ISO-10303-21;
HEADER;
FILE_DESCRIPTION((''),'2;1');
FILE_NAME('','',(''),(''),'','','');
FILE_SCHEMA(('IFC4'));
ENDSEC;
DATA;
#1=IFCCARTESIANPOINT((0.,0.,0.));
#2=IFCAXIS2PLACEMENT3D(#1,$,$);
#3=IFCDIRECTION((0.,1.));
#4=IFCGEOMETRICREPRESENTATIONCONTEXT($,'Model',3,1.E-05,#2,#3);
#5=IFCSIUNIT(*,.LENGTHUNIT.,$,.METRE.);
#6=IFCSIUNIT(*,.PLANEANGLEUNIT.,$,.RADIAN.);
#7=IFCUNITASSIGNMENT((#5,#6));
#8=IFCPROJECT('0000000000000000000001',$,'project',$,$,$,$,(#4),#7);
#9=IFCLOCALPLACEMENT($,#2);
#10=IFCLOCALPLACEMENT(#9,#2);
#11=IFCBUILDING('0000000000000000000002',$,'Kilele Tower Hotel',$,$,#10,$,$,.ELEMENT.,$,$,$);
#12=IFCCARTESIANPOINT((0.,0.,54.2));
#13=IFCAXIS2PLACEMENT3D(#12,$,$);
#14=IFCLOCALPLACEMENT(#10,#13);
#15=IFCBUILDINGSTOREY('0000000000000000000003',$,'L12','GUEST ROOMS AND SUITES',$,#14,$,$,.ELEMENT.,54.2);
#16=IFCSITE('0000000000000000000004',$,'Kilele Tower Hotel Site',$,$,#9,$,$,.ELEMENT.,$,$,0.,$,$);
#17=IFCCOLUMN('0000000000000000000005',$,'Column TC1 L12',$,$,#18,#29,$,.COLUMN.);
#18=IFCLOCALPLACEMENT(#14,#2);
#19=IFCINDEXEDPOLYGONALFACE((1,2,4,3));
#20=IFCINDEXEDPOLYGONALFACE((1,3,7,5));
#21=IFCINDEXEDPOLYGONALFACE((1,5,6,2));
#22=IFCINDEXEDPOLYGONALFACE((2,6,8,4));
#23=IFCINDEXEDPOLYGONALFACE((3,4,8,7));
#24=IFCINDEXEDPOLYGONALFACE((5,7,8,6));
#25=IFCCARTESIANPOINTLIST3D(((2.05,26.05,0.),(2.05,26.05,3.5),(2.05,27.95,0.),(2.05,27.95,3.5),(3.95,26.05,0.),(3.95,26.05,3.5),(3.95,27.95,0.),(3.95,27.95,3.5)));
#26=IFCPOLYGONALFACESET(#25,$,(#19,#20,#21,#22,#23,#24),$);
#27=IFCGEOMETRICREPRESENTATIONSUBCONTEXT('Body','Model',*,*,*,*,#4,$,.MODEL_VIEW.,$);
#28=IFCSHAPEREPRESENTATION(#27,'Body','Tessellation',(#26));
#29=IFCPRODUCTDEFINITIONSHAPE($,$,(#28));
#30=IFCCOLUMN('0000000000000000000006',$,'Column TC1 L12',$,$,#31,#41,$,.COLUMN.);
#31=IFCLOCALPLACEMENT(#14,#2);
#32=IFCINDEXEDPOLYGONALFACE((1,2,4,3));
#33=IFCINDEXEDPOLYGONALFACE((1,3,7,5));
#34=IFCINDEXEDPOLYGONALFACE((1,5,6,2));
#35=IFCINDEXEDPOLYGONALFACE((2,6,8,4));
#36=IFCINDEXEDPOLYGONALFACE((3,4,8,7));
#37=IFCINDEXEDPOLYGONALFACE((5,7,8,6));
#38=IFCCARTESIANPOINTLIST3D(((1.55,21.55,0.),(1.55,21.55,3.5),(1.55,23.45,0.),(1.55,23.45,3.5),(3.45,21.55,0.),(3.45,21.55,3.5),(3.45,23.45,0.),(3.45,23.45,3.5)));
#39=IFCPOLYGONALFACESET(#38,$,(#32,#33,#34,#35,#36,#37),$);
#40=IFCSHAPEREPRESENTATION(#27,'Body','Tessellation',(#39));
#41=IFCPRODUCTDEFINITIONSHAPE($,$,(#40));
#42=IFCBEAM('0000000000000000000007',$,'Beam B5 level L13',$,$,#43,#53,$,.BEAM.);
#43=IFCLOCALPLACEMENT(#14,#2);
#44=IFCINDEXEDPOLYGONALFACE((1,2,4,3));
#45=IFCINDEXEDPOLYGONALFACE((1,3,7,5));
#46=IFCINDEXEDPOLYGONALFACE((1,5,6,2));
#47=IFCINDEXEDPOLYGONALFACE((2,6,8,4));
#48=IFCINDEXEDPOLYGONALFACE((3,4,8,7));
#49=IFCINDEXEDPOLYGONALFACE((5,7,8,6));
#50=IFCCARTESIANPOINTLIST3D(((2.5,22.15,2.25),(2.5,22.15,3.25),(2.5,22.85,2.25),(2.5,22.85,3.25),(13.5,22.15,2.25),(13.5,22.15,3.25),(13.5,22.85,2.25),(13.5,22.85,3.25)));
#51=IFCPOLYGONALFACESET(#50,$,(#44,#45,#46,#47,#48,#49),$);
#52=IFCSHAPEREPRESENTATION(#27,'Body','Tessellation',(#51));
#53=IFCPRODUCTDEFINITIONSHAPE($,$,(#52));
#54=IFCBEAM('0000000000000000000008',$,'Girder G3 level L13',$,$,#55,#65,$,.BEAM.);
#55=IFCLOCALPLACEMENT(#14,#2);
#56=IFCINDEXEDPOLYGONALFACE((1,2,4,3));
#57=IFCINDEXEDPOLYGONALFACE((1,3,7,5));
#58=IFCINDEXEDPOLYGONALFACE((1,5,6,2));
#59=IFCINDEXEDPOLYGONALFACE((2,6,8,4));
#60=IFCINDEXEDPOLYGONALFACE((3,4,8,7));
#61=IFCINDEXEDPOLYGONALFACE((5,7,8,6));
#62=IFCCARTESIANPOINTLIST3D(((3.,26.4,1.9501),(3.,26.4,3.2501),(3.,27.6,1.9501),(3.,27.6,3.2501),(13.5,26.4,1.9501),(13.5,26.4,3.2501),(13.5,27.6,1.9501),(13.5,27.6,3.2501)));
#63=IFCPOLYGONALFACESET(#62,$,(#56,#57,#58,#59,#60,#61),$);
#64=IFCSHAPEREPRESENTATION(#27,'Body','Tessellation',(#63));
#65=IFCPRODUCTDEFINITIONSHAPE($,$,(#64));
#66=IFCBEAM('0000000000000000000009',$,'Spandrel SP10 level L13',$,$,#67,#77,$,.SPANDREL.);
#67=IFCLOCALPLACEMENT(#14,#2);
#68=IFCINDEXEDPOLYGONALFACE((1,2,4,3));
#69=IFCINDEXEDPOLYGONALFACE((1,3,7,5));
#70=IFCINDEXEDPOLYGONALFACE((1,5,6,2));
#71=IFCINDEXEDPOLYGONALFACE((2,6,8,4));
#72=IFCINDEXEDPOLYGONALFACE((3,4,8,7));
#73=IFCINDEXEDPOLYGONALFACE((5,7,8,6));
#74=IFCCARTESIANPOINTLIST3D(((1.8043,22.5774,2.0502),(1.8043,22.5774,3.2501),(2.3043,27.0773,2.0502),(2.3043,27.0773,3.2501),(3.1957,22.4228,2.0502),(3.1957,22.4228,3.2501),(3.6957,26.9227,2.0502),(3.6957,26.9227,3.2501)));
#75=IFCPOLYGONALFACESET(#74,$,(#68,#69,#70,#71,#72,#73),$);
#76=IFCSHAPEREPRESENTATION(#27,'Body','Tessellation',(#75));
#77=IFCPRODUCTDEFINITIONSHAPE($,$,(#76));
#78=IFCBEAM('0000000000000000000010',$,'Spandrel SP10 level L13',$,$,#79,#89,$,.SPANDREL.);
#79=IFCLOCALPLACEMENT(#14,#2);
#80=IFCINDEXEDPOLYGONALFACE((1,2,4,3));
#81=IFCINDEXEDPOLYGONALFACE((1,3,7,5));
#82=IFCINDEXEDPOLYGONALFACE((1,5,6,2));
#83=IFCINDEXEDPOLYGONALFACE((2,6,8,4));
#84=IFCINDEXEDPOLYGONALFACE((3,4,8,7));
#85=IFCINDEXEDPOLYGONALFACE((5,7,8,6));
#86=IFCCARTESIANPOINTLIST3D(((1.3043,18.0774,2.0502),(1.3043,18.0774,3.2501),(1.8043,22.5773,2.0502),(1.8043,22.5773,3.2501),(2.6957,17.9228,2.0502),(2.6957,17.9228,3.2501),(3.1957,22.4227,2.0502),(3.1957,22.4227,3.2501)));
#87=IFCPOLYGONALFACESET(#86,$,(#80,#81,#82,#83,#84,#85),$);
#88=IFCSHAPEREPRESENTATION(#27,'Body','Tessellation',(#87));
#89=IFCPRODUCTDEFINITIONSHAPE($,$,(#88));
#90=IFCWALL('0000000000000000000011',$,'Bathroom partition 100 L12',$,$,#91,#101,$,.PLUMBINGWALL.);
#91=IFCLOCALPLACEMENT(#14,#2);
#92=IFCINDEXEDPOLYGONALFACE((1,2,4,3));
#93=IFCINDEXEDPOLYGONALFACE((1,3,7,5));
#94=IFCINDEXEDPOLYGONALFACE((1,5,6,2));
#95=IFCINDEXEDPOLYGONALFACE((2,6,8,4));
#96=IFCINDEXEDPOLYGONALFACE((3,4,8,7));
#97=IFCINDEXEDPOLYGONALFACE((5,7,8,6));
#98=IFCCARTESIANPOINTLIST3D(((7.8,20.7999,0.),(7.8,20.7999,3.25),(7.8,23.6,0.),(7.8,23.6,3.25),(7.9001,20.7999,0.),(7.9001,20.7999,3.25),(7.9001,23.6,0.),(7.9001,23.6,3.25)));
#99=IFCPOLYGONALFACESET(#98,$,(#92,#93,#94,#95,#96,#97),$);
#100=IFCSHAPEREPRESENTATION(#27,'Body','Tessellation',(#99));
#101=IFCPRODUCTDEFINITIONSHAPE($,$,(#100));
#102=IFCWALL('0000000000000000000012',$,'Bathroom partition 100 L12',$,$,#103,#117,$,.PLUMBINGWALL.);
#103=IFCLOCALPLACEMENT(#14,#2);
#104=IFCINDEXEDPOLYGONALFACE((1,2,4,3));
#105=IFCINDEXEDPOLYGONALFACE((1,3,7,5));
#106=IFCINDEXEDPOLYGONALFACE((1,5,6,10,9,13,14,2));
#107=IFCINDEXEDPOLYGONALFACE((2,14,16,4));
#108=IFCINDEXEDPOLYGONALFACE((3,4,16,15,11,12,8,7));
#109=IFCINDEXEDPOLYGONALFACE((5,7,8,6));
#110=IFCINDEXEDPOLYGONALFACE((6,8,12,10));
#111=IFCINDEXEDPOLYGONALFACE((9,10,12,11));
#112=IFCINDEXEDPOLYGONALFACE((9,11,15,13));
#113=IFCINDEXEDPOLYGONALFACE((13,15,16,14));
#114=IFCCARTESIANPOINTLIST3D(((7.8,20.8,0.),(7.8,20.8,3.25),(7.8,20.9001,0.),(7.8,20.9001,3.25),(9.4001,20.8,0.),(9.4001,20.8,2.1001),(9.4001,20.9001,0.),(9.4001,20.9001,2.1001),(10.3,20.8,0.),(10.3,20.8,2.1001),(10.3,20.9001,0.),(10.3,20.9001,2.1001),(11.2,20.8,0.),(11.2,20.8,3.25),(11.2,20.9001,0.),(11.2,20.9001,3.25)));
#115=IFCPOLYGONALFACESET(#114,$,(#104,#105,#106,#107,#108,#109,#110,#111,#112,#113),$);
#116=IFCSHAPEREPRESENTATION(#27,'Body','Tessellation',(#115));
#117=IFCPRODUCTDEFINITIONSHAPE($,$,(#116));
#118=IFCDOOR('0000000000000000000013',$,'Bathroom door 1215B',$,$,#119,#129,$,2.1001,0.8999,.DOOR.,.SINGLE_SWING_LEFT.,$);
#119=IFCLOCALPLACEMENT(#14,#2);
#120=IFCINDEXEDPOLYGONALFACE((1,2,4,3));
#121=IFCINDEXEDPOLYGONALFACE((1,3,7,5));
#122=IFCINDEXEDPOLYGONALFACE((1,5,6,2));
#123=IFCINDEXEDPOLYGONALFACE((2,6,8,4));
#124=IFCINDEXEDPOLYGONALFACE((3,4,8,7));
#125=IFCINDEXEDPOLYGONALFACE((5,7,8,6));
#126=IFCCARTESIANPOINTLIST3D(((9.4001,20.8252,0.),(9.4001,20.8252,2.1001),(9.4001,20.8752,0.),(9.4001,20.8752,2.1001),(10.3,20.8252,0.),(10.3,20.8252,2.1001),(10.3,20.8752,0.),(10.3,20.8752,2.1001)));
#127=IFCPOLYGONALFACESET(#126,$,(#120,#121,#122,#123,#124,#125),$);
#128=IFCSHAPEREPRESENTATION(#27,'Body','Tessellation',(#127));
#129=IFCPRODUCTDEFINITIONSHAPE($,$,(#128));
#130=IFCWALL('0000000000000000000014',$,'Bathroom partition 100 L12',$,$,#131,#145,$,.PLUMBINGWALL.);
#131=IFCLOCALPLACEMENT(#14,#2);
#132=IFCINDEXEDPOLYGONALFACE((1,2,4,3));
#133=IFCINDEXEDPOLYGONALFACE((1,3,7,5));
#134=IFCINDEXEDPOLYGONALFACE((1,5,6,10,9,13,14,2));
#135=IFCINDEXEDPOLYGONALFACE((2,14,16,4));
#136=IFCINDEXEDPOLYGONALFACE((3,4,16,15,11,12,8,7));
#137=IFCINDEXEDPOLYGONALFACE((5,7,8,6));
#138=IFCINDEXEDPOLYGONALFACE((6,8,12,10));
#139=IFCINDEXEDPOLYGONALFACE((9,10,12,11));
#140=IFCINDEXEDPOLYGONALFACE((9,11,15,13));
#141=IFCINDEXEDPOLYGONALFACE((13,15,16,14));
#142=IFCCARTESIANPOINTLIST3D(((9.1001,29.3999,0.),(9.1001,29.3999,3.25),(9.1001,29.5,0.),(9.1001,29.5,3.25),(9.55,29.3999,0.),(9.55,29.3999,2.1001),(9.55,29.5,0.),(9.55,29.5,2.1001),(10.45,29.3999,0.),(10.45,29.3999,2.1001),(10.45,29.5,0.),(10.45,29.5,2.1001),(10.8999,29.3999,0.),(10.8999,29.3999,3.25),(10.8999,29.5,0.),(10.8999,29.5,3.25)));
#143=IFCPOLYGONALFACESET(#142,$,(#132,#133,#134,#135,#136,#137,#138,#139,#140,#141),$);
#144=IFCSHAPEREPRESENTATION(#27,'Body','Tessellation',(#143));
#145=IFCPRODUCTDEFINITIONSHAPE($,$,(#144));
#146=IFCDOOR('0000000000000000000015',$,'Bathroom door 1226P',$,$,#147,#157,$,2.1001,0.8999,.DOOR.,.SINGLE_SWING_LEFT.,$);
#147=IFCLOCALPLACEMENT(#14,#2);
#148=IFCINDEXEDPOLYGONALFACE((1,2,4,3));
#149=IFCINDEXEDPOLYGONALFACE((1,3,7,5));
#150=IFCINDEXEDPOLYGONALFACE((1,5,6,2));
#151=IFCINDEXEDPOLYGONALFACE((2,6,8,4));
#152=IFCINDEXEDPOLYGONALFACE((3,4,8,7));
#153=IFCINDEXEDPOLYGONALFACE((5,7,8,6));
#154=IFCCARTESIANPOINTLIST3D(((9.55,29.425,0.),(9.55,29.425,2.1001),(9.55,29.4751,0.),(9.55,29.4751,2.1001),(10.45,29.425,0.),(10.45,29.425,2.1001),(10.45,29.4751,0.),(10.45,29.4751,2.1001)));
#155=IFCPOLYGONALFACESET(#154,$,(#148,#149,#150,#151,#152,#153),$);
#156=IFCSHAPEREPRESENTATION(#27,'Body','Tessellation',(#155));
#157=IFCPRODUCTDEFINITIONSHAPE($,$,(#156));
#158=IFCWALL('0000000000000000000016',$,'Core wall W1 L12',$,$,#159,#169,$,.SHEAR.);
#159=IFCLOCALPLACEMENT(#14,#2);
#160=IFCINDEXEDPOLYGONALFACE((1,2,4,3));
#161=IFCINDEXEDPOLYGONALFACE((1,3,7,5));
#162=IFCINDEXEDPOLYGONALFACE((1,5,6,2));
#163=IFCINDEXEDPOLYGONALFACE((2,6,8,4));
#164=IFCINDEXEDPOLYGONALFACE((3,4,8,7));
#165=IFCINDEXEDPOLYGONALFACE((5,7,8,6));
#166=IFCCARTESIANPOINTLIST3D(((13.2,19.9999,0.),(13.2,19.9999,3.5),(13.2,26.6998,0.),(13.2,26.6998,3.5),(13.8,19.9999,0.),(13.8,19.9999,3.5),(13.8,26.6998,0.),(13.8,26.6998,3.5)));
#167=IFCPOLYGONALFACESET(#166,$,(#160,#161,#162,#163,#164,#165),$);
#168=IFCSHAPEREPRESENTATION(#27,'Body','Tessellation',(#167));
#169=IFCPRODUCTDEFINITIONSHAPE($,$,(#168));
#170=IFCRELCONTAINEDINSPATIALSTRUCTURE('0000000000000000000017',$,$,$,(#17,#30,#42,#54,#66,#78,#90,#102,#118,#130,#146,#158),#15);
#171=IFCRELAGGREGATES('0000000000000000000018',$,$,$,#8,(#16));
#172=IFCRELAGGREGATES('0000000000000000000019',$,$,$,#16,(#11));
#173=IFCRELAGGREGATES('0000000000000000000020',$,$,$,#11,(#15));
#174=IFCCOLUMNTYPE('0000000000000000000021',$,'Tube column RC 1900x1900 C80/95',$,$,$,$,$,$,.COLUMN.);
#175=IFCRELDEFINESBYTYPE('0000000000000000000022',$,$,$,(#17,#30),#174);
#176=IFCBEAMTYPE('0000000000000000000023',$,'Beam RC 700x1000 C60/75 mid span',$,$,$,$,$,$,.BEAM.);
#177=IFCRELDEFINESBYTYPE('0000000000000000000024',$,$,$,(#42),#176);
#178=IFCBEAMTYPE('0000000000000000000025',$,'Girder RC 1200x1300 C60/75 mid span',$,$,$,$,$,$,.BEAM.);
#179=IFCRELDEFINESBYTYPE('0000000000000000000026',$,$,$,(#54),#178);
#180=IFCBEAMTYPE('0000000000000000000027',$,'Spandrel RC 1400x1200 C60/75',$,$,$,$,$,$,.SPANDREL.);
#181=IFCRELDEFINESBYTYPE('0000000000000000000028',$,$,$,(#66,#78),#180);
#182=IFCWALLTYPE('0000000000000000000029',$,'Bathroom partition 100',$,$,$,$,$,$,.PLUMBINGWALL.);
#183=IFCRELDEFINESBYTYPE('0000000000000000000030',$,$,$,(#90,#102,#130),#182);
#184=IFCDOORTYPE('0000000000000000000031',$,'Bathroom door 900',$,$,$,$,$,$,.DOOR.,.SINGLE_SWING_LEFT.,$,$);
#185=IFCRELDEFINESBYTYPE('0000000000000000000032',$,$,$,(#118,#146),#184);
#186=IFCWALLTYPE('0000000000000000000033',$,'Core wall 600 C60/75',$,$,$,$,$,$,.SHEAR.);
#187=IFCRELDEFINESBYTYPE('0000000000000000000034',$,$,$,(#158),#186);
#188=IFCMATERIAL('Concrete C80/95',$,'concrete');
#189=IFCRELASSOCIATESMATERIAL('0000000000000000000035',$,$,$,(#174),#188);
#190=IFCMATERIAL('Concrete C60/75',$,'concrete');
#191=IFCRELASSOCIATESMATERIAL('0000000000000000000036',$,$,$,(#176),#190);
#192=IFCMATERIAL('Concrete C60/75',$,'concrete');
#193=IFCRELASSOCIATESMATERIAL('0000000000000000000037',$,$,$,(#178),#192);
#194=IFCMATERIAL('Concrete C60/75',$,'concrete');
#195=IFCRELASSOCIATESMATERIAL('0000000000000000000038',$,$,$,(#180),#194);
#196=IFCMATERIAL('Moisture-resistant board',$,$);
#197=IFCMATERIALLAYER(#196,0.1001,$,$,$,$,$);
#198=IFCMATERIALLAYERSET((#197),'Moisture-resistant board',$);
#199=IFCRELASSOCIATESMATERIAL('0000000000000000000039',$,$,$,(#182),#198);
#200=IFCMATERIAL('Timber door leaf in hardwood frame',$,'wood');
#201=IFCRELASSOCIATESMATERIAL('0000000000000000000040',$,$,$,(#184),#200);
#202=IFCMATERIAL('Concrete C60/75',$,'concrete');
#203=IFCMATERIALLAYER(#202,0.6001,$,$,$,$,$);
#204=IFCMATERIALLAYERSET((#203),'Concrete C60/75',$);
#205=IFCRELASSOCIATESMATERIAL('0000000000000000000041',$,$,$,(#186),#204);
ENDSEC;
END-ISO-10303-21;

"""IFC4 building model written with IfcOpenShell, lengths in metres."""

from ifc_helpers import new_model, si_unit, direction, frame, frame_2d, origin, origin_2d, place, context, subcontext, project, spatial, rectangle, extrude, material, layer, layer_set, material_profile, profile_set, type_object, element, fill, save


model = new_model("IFC4")

# Units and contexts
model_context = context("Model", 3, precision=1e-05, world=origin(), true_north=direction((0.0, 1.0)))
body_context = subcontext(model_context, "Body", "Model", "MODEL_VIEW")
ifc_project = project(units=[si_unit("LENGTHUNIT", "METRE"), si_unit("PLANEANGLEUNIT", "RADIAN")], contexts=[model_context])

# Site, building, storey
site_placement = place(None, origin())
site = spatial("IfcSite", under=ifc_project, at=site_placement, Name="Kilele Tower Hotel Site", CompositionType="ELEMENT", RefElevation=0.0)
building_placement = place(site_placement, origin())
building = spatial("IfcBuilding", under=site, at=building_placement, Name="Kilele Tower Hotel", CompositionType="ELEMENT")
storey_placement = place(building_placement, frame((0.0, 0.0, 54.2)))
storey = spatial("IfcBuildingStorey", under=building, at=storey_placement, Name="L12", Description="GUEST ROOMS AND SUITES", CompositionType="ELEMENT", Elevation=54.2)

# Columns
ifc_material_1 = material(Name="Concrete C80/95", Category="concrete")
ifc_material_profile_1 = material_profile(ifc_material_1, rectangle(XDim=1.8999, YDim=1.8999, at=origin_2d()))
ifc_profile_set_1 = profile_set([ifc_material_profile_1], Name="Concrete C80/95")
column_type = type_object("IfcColumnType", Name="Tube column RC 1900x1900 C80/95", PredefinedType="COLUMN", material=ifc_profile_set_1)
for number, where, z_axis, x_axis, name in (
    (1, (3.0, 27.0, 0.0), (0.0, 0.0, 1.0), (1.0, 0.0, 0.0), "Column TC1 L12"),
    (2, (2.5, 22.5, 0.0), (0.0, 0.0, 1.0), (1.0, 0.0, 0.0), "Column TC1 L12"),
):
    element("IfcColumn", number, at=place(storey_placement, frame(where, z_axis=z_axis, x_axis=x_axis)), inside=storey, type_object=column_type, Name=name, PredefinedType="COLUMN", context=body_context, shape_type="SweptSolid", body=[
        extrude(rectangle(XDim=1.8999, YDim=1.8999, at=origin_2d()), origin(), (0.0, 0.0, 1.0), 3.5),
    ])

# Beams
ifc_material_2 = material(Name="Concrete C60/75", Category="concrete")
ifc_material_profile_2 = material_profile(ifc_material_2, rectangle(XDim=0.7, YDim=1.0, at=origin_2d()))
ifc_profile_set_2 = profile_set([ifc_material_profile_2], Name="Concrete C60/75")
beam_type_1 = type_object("IfcBeamType", Name="Beam RC 700x1000 C60/75 mid span", PredefinedType="BEAM", material=ifc_profile_set_2)
beam_1_placement = place(storey_placement, frame((2.5, 22.5, 2.75), z_axis=(1.0, 0.0, 0.0), x_axis=(0.0, 1.0, 0.0)))
element("IfcBeam", 3, at=beam_1_placement, inside=storey, type_object=beam_type_1, Name="Beam B5 level L13", PredefinedType="BEAM", context=body_context, shape_type="SweptSolid", body=[
    extrude(rectangle(XDim=0.7, YDim=1.0, at=origin_2d()), origin(), (0.0, 0.0, 1.0), 11.0),
])
ifc_material_3 = material(Name="Concrete C60/75", Category="concrete")
ifc_material_profile_3 = material_profile(ifc_material_3, rectangle(XDim=1.2, YDim=1.3, at=origin_2d()))
ifc_profile_set_3 = profile_set([ifc_material_profile_3], Name="Concrete C60/75")
beam_type_2 = type_object("IfcBeamType", Name="Girder RC 1200x1300 C60/75 mid span", PredefinedType="BEAM", material=ifc_profile_set_3)
beam_2_placement = place(storey_placement, frame((3.0, 27.0, 2.6001), z_axis=(1.0, 0.0, 0.0), x_axis=(0.0, 1.0, 0.0)))
element("IfcBeam", 4, at=beam_2_placement, inside=storey, type_object=beam_type_2, Name="Girder G3 level L13", PredefinedType="BEAM", context=body_context, shape_type="SweptSolid", body=[
    extrude(rectangle(XDim=1.2, YDim=1.3, at=origin_2d()), origin(), (0.0, 0.0, 1.0), 10.5),
])
ifc_material_4 = material(Name="Concrete C60/75", Category="concrete")
ifc_material_profile_4 = material_profile(ifc_material_4, rectangle(XDim=1.3999, YDim=1.2, at=origin_2d()))
ifc_profile_set_4 = profile_set([ifc_material_profile_4], Name="Concrete C60/75")
beam_type_3 = type_object("IfcBeamType", Name="Spandrel RC 1400x1200 C60/75", PredefinedType="SPANDREL", material=ifc_profile_set_4)
for number, where, z_axis, x_axis, name in (
    (5, (3.0, 27.0, 2.6501), (-0.110432, -0.993884, 0.0), (0.993884, -0.110432, 0.0), "Spandrel SP10 level L13"),
    (6, (2.5, 22.5, 2.6501), (-0.110432, -0.993884, 0.0), (0.993884, -0.110432, 0.0), "Spandrel SP10 level L13"),
):
    element("IfcBeam", number, at=place(storey_placement, frame(where, z_axis=z_axis, x_axis=x_axis)), inside=storey, type_object=beam_type_3, Name=name, PredefinedType="SPANDREL", context=body_context, shape_type="SweptSolid", body=[
        extrude(rectangle(XDim=1.3999, YDim=1.2, at=origin_2d()), origin(), (0.0, 0.0, 1.0), 4.5276),
    ])

# Wall
ifc_material_5 = material(Name="Moisture-resistant board")
ifc_layer_1 = layer(ifc_material_5, 0.1001)
ifc_layer_set_1 = layer_set([ifc_layer_1], Name="Moisture-resistant board")
wall_type_1 = type_object("IfcWallType", Name="Bathroom partition 100", PredefinedType="PLUMBINGWALL", material=ifc_layer_set_1)
wall_1_placement = place(storey_placement, frame((7.8501, 20.8, 0.0), z_axis=(0.0, 0.0, 1.0), x_axis=(0.0, 1.0, 0.0)))
element("IfcWall", 7, at=wall_1_placement, inside=storey, type_object=wall_type_1, Name="Bathroom partition 100 L12", PredefinedType="PLUMBINGWALL", context=body_context, shape_type="SweptSolid", body=[
    extrude(rectangle(XDim=2.8, YDim=0.1001, at=frame_2d((1.3999, 0.0))), origin(), (0.0, 0.0, 1.0), 3.25),
])

# Walls, openings, doors
wall_2_placement = place(storey_placement, frame((11.2, 20.8501, 0.0), z_axis=(0.0, 0.0, 1.0), x_axis=(-1.0, 0.0, 0.0)))
wall_2 = element("IfcWall", 8, at=wall_2_placement, inside=storey, type_object=wall_type_1, Name="Bathroom partition 100 L12", PredefinedType="PLUMBINGWALL", context=body_context, shape_type="SweptSolid", body=[
    extrude(rectangle(XDim=3.3999, YDim=0.1001, at=frame_2d((1.7, 0.0))), origin(), (0.0, 0.0, 1.0), 3.25),
])
opening_1_placement = place(wall_2_placement, frame((0.8999, 0.0, 0.0)))
opening_1 = element("IfcOpeningElement", 9, at=opening_1_placement, cuts=wall_2, PredefinedType="OPENING", context=body_context, shape_type="SweptSolid", body=[
    extrude(rectangle(XDim=0.8999, YDim=2.1001, at=frame_2d((0.45, 1.05))), frame((0.0, 0.0601, 0.0), z_axis=(0.0, -1.0, 0.0), x_axis=(1.0, 0.0, 0.0)), (0.0, 0.0, 1.0), 0.1201),
])
ifc_material_6 = material(Name="Timber door leaf in hardwood frame", Category="wood")
door_type_1 = type_object("IfcDoorType", Name="Bathroom door 900", OperationType="SINGLE_SWING_LEFT", PredefinedType="DOOR", material=ifc_material_6)
door_1_placement = place(opening_1_placement, origin())
door_1 = element("IfcDoor", 10, at=door_1_placement, inside=storey, type_object=door_type_1, Name="Bathroom door 1215B", OperationType="SINGLE_SWING_LEFT", OverallHeight=2.1001, OverallWidth=0.8999, PredefinedType="DOOR", context=body_context, shape_type="SweptSolid", body=[
    extrude(rectangle(XDim=0.8999, YDim=2.1001, at=frame_2d((0.45, 1.05))), frame((0.0, 0.0249, 0.0), z_axis=(0.0, -1.0, 0.0), x_axis=(1.0, 0.0, 0.0)), (0.0, 0.0, 1.0), 0.05),
])
fill(opening_1, door_1)
wall_3_placement = place(storey_placement, frame((10.8999, 29.45, 0.0), z_axis=(0.0, 0.0, 1.0), x_axis=(-1.0, 0.0, 0.0)))
wall_3 = element("IfcWall", 11, at=wall_3_placement, inside=storey, type_object=wall_type_1, Name="Bathroom partition 100 L12", PredefinedType="PLUMBINGWALL", context=body_context, shape_type="SweptSolid", body=[
    extrude(rectangle(XDim=1.7998, YDim=0.1001, at=frame_2d((0.8999, 0.0))), origin(), (0.0, 0.0, 1.0), 3.25),
])
opening_2_placement = place(wall_3_placement, frame((0.45, 0.0, 0.0)))
opening_2 = element("IfcOpeningElement", 12, at=opening_2_placement, cuts=wall_3, PredefinedType="OPENING", context=body_context, shape_type="SweptSolid", body=[
    extrude(rectangle(XDim=0.8999, YDim=2.1001, at=frame_2d((0.45, 1.05))), frame((0.0, 0.0601, 0.0), z_axis=(0.0, -1.0, 0.0), x_axis=(1.0, 0.0, 0.0)), (0.0, 0.0, 1.0), 0.1201),
])
door_2_placement = place(opening_2_placement, origin())
door_2 = element("IfcDoor", 13, at=door_2_placement, inside=storey, type_object=door_type_1, Name="Bathroom door 1226P", OperationType="SINGLE_SWING_LEFT", OverallHeight=2.1001, OverallWidth=0.8999, PredefinedType="DOOR", context=body_context, shape_type="SweptSolid", body=[
    extrude(rectangle(XDim=0.8999, YDim=2.1001, at=frame_2d((0.45, 1.05))), frame((0.0, 0.0249, 0.0), z_axis=(0.0, -1.0, 0.0), x_axis=(1.0, 0.0, 0.0)), (0.0, 0.0, 1.0), 0.05),
])
fill(opening_2, door_2)

# Wall
ifc_material_7 = material(Name="Concrete C60/75", Category="concrete")
ifc_layer_2 = layer(ifc_material_7, 0.6001)
ifc_layer_set_2 = layer_set([ifc_layer_2], Name="Concrete C60/75")
wall_type_2 = type_object("IfcWallType", Name="Core wall 600 C60/75", PredefinedType="SHEAR", material=ifc_layer_set_2)
wall_4_placement = place(storey_placement, frame((13.5, 26.7, 0.0), z_axis=(0.0, 0.0, 1.0), x_axis=(0.0, -1.0, 0.0)))
element("IfcWall", 14, at=wall_4_placement, inside=storey, type_object=wall_type_2, Name="Core wall W1 L12", PredefinedType="SHEAR", context=body_context, shape_type="SweptSolid", body=[
    extrude(rectangle(XDim=6.7, YDim=0.6001, at=frame_2d((3.3501, 0.0))), origin(), (0.0, 0.0, 1.0), 3.5),
])

save(model, "model.ifc")
